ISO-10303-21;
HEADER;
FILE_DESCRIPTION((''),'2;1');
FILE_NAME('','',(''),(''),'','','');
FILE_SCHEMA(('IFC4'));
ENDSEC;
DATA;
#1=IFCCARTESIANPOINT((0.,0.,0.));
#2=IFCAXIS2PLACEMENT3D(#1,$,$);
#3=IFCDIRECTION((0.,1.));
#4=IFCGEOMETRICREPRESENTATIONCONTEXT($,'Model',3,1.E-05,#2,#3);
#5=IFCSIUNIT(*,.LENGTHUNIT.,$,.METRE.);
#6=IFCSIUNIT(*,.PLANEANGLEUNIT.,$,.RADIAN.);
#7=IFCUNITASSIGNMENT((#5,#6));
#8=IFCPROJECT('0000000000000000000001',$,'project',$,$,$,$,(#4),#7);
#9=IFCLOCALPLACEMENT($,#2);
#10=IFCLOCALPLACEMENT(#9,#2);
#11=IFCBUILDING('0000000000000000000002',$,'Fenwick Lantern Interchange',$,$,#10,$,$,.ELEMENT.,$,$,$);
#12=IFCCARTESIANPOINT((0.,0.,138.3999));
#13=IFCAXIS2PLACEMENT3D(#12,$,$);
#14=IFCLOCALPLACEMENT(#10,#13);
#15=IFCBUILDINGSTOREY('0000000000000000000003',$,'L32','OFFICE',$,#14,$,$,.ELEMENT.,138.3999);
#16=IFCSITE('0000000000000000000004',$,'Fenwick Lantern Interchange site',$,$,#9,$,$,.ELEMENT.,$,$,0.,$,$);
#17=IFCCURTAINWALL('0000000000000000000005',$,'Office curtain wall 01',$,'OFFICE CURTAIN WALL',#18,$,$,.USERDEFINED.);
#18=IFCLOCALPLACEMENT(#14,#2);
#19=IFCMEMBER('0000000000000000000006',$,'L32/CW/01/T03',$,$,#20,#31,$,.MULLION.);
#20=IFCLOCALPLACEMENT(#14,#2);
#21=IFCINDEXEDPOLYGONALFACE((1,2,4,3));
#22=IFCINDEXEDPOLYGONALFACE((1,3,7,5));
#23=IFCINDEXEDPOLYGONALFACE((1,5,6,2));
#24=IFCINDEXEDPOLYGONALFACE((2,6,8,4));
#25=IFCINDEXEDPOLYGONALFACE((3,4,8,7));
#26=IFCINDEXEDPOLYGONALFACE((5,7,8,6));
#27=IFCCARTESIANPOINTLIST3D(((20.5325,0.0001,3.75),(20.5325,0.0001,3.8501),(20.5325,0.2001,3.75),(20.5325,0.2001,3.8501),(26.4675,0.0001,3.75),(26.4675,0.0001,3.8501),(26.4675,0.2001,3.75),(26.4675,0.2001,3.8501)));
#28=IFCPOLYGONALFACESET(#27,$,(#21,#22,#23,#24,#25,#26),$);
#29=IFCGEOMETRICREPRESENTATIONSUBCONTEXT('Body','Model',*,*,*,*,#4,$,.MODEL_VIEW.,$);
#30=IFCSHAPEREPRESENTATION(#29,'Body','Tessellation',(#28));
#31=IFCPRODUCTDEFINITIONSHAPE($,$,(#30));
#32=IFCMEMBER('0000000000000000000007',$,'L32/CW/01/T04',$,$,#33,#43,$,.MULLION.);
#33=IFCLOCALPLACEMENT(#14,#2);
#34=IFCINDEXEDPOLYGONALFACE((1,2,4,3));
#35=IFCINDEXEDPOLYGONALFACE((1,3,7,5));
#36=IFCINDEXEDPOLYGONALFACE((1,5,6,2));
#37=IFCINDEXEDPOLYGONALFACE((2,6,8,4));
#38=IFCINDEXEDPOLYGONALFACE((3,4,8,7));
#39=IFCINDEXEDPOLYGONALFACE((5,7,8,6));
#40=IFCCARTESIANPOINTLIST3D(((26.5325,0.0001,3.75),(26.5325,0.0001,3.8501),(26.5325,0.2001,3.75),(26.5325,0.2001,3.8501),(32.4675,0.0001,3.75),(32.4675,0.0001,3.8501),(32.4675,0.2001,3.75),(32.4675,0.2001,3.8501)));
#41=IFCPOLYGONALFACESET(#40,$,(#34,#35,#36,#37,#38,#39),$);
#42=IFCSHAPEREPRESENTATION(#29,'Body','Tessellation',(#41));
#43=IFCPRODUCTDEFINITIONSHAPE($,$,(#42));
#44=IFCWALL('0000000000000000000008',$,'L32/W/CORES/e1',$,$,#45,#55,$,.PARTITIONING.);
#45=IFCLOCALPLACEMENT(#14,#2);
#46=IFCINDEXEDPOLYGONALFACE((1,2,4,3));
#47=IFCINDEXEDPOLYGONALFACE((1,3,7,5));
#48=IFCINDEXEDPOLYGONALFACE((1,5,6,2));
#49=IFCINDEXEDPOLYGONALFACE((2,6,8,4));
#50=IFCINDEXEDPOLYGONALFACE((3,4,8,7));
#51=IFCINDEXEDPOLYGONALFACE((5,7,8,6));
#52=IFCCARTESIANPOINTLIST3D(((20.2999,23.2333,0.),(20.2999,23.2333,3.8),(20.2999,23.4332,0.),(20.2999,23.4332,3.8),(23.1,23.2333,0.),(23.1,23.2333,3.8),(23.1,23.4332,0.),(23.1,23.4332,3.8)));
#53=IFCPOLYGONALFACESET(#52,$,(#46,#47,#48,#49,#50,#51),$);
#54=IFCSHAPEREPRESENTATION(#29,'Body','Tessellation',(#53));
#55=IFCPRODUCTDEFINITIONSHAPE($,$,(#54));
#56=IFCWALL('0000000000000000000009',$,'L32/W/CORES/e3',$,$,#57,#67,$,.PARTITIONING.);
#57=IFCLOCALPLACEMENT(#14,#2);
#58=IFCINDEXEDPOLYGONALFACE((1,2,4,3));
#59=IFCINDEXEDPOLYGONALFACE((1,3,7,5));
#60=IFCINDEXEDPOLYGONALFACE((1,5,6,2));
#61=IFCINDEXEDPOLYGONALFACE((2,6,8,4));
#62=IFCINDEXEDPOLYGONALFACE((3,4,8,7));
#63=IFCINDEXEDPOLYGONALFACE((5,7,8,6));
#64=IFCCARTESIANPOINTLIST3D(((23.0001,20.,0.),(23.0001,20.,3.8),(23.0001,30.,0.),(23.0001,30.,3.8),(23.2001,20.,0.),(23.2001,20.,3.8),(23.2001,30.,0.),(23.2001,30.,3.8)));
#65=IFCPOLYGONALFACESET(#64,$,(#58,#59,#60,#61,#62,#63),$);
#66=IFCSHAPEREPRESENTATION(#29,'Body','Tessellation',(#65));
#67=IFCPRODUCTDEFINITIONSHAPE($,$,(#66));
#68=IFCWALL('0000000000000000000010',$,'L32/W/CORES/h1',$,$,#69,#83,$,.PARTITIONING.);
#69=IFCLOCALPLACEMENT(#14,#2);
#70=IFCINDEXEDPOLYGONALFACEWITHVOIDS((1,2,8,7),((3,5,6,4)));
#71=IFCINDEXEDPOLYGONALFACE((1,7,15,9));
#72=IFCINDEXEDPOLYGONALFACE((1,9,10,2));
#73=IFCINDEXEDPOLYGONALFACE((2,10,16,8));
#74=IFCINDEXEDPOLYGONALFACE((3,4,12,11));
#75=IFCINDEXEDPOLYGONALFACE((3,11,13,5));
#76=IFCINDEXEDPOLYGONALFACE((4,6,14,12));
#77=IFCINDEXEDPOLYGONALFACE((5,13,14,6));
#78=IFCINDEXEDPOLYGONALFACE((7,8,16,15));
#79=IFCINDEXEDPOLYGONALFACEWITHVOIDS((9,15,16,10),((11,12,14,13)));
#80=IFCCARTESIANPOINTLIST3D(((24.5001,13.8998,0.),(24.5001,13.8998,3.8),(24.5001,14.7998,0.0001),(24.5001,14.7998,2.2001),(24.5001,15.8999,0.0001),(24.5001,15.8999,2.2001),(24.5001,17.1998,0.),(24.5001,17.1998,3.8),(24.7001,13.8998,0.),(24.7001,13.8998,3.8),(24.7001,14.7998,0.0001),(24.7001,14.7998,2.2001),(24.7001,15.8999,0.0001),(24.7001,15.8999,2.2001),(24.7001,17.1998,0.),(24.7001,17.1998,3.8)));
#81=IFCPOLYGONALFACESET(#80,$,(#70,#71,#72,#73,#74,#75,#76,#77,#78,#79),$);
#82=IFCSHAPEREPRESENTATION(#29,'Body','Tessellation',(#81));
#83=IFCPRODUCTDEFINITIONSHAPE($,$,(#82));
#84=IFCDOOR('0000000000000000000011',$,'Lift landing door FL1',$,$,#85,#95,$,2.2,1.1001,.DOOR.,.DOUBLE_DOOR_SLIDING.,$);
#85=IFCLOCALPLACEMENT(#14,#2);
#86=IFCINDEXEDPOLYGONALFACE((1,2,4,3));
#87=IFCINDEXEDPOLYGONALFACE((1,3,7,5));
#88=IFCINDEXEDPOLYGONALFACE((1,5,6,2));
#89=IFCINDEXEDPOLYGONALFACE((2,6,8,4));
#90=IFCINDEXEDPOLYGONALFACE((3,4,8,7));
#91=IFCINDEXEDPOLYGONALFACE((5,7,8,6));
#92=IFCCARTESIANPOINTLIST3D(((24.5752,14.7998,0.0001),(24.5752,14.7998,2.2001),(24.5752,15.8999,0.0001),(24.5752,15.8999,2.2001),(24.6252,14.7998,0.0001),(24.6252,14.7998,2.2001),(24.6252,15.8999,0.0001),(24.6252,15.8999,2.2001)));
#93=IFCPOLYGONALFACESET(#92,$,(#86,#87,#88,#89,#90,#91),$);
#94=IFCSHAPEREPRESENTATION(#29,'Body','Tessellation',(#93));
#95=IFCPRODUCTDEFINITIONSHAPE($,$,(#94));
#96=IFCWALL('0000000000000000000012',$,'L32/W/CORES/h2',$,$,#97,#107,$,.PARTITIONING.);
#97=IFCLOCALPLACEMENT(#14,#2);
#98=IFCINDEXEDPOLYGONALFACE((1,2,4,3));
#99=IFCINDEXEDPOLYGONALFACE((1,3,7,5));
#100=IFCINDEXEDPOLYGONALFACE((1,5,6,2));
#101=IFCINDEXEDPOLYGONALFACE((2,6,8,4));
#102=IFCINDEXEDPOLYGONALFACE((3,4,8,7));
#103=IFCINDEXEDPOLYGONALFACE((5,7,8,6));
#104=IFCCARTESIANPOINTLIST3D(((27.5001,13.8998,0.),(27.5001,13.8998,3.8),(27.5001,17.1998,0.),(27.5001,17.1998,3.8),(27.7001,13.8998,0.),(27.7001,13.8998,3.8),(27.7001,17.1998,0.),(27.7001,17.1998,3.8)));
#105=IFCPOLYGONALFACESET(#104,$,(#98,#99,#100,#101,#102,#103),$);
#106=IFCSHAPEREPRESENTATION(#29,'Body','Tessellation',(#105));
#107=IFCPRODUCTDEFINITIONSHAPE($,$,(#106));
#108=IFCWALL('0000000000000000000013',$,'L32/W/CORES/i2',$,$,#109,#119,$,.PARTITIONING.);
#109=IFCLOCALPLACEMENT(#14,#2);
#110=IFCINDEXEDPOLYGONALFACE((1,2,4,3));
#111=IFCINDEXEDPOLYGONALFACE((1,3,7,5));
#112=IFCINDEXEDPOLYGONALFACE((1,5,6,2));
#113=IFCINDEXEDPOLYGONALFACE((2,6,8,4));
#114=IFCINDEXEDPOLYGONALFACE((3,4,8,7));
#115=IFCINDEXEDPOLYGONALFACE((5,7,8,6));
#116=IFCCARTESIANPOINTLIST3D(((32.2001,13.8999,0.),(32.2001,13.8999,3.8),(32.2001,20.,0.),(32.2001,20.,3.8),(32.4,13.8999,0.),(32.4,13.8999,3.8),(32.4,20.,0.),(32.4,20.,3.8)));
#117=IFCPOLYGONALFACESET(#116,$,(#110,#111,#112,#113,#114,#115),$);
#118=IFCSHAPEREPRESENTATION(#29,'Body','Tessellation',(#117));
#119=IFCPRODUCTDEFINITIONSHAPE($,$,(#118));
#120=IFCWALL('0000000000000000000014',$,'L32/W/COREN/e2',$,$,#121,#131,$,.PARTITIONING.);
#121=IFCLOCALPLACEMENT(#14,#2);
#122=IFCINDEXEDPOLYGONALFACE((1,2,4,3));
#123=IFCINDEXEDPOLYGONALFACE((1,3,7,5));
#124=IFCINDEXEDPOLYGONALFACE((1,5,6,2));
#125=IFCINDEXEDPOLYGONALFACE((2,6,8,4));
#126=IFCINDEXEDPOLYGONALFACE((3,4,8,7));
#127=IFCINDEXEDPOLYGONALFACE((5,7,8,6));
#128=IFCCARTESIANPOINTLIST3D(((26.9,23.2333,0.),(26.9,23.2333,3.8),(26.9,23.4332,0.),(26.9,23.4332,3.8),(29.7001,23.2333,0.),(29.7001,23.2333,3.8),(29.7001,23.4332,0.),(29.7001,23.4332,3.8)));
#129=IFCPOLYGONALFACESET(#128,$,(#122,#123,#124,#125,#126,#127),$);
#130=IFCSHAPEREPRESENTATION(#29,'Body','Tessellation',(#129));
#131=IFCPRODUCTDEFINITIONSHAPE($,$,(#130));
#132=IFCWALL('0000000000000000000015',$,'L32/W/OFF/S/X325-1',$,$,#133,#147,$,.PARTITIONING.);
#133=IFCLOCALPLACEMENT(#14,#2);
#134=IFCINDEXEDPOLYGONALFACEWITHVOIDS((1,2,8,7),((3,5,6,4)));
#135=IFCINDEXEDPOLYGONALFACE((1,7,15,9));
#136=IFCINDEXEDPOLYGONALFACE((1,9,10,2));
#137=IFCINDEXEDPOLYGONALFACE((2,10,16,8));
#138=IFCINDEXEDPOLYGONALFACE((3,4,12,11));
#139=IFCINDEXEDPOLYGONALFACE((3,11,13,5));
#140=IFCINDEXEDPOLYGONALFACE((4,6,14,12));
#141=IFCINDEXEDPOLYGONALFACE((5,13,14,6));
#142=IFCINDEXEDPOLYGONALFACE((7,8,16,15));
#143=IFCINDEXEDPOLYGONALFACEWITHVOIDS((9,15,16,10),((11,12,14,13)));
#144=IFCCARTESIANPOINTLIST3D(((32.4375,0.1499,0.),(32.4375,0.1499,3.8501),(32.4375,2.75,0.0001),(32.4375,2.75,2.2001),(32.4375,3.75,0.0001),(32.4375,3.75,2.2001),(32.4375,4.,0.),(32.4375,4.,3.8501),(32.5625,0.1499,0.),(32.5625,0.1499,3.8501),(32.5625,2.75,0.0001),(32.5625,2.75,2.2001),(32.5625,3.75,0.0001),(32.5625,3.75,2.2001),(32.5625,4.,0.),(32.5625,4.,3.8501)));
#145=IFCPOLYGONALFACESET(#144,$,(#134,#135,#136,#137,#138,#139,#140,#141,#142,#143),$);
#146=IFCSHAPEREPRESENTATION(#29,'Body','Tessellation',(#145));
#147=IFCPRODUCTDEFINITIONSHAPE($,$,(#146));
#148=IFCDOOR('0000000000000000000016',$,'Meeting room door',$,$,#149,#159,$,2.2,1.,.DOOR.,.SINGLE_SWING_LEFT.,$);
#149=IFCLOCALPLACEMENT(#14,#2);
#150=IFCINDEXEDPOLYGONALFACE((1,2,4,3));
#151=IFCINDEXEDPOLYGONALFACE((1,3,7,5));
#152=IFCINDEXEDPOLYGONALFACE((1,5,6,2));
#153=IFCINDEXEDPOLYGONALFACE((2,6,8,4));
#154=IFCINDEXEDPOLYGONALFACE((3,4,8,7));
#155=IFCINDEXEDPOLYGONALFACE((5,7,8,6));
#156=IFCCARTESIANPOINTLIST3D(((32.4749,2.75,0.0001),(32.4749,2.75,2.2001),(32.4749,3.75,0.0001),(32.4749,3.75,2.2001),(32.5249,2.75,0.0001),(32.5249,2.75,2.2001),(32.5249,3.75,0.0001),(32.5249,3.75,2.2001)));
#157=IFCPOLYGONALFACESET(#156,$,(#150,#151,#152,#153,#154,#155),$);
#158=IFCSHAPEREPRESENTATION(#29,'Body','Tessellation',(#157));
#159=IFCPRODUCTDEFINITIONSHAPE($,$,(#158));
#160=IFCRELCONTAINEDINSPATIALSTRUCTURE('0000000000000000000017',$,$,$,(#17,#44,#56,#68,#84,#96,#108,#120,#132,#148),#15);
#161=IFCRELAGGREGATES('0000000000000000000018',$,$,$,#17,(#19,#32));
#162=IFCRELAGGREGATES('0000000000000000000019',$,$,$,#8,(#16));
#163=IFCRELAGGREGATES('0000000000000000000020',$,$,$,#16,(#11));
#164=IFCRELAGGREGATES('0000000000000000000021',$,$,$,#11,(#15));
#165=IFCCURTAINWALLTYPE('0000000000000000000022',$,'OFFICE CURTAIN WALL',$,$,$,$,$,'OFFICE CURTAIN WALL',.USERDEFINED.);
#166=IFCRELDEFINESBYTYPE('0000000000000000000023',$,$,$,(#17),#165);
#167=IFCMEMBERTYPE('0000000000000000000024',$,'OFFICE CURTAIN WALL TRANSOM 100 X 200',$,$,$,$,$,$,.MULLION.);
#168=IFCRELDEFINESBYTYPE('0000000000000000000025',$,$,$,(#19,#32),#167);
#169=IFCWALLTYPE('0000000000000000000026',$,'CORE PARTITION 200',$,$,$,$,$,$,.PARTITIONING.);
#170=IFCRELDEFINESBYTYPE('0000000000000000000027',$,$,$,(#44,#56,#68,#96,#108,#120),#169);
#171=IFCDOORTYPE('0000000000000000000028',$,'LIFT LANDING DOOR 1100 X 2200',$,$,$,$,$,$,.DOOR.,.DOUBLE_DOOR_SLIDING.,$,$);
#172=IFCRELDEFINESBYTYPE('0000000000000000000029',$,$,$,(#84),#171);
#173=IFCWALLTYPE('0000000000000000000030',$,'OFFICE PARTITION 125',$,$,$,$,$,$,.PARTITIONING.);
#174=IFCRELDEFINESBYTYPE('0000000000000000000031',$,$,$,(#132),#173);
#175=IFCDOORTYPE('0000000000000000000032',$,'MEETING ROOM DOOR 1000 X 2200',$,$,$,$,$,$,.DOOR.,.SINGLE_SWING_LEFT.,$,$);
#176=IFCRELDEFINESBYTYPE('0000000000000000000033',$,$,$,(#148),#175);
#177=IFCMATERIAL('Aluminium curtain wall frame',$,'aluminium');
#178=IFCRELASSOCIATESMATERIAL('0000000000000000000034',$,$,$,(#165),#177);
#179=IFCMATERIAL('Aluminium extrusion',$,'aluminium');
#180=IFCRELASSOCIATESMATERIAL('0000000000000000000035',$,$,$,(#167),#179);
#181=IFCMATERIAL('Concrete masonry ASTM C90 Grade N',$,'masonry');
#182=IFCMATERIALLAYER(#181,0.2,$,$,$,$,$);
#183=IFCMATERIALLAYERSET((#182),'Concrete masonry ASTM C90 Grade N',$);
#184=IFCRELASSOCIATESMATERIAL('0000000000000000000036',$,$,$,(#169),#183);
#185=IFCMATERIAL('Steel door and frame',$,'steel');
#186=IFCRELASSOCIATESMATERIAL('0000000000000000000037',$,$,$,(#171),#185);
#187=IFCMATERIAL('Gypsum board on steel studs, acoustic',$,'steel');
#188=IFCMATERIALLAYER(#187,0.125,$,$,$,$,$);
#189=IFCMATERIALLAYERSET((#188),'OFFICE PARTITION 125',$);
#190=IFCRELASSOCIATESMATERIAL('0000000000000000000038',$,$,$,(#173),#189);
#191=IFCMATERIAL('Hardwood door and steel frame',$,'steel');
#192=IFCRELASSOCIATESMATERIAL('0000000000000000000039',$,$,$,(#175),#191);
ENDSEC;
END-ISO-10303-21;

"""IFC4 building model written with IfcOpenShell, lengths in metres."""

from ifc_helpers import new_model, si_unit, direction, frame, frame_2d, origin, origin_2d, place, context, subcontext, project, spatial, rectangle, extrude, material, layer, layer_set, material_profile, profile_set, type_object, element, fill, aggregate, save


model = new_model("IFC4")

# Units and contexts
model_context = context("Model", 3, precision=1e-05, world=origin(), true_north=direction((0.0, 1.0)))
body_context = subcontext(model_context, "Body", "Model", "MODEL_VIEW")
ifc_project = project(units=[si_unit("LENGTHUNIT", "METRE"), si_unit("PLANEANGLEUNIT", "RADIAN")], contexts=[model_context])

# Site, building, storey
site_placement = place(None, origin())
site = spatial("IfcSite", under=ifc_project, at=site_placement, Name="Fenwick Lantern Interchange site", CompositionType="ELEMENT", RefElevation=0.0)
building_placement = place(site_placement, origin())
building = spatial("IfcBuilding", under=site, at=building_placement, Name="Fenwick Lantern Interchange", CompositionType="ELEMENT")
storey_placement = place(building_placement, frame((0.0, 0.0, 138.3999)))
storey = spatial("IfcBuildingStorey", under=building, at=storey_placement, Name="L32", Description="OFFICE", CompositionType="ELEMENT", Elevation=138.3999)

# Curtain wall, members
ifc_material_1 = material(Name="Aluminium curtain wall frame", Category="aluminium")
curtain_wall_type = type_object("IfcCurtainWallType", Name="OFFICE CURTAIN WALL", ElementType="OFFICE CURTAIN WALL", PredefinedType="USERDEFINED", material=ifc_material_1)
curtain_wall_placement = place(storey_placement, origin())
curtain_wall = element("IfcCurtainWall", 1, at=curtain_wall_placement, inside=storey, type_object=curtain_wall_type, Name="Office curtain wall 01", ObjectType="OFFICE CURTAIN WALL", PredefinedType="USERDEFINED")
ifc_material_2 = material(Name="Aluminium extrusion", Category="aluminium")
ifc_material_profile_1 = material_profile(ifc_material_2, rectangle(XDim=0.2, YDim=0.1001, at=origin_2d()), Name="OFFICE CURTAIN WALL TRANSOM 100 X 200")
ifc_profile_set_1 = profile_set([ifc_material_profile_1], Name="Aluminium extrusion")
member_type_1 = type_object("IfcMemberType", Name="OFFICE CURTAIN WALL TRANSOM 100 X 200", PredefinedType="MULLION", material=ifc_profile_set_1)
member_1_placement = place(storey_placement, frame((20.5325, 0.1001, 3.8), z_axis=(1.0, 0.0, 0.0), x_axis=(0.0, 1.0, 0.0)))
member_1 = element("IfcMember", 2, at=member_1_placement, type_object=member_type_1, Name="L32/CW/01/T03", PredefinedType="MULLION", context=body_context, shape_type="SweptSolid", body=[
    extrude(rectangle(XDim=0.2, YDim=0.1001, at=origin_2d()), origin(), (0.0, 0.0, 1.0), 5.9351),
])
member_2_placement = place(storey_placement, frame((26.5325, 0.1001, 3.8), z_axis=(1.0, 0.0, 0.0), x_axis=(0.0, 1.0, 0.0)))
member_2 = element("IfcMember", 3, at=member_2_placement, type_object=member_type_1, Name="L32/CW/01/T04", PredefinedType="MULLION", context=body_context, shape_type="SweptSolid", body=[
    extrude(rectangle(XDim=0.2, YDim=0.1001, at=origin_2d()), origin(), (0.0, 0.0, 1.0), 5.9351),
])
aggregate(curtain_wall, [member_1, member_2])

# Walls
ifc_material_3 = material(Name="Concrete masonry ASTM C90 Grade N", Category="masonry")
ifc_layer_1 = layer(ifc_material_3, 0.2)
ifc_layer_set_1 = layer_set([ifc_layer_1], Name="Concrete masonry ASTM C90 Grade N")
wall_type_1 = type_object("IfcWallType", Name="CORE PARTITION 200", PredefinedType="PARTITIONING", material=ifc_layer_set_1)
wall_1_placement = place(storey_placement, frame((20.3, 23.3333, 0.0), z_axis=(0.0, 0.0, 1.0), x_axis=(1.0, 0.0, 0.0)))
element("IfcWall", 4, at=wall_1_placement, inside=storey, type_object=wall_type_1, Name="L32/W/CORES/e1", PredefinedType="PARTITIONING", context=body_context, shape_type="SweptSolid", body=[
    extrude(rectangle(XDim=2.8, YDim=0.2, at=frame_2d((1.3999, 0.0))), origin(), (0.0, 0.0, 1.0), 3.8),
])
wall_2_placement = place(storey_placement, frame((23.1001, 20.0, 0.0), z_axis=(0.0, 0.0, 1.0), x_axis=(0.0, 1.0, 0.0)))
element("IfcWall", 5, at=wall_2_placement, inside=storey, type_object=wall_type_1, Name="L32/W/CORES/e3", PredefinedType="PARTITIONING", context=body_context, shape_type="SweptSolid", body=[
    extrude(rectangle(XDim=10.0, YDim=0.2, at=frame_2d((5.0, 0.0))), origin(), (0.0, 0.0, 1.0), 3.8),
])

# Wall, opening, door
wall_3_placement = place(storey_placement, frame((24.6001, 13.8999, 0.0), z_axis=(0.0, 0.0, 1.0), x_axis=(0.0, 1.0, 0.0)))
wall_3 = element("IfcWall", 6, at=wall_3_placement, inside=storey, type_object=wall_type_1, Name="L32/W/CORES/h1", PredefinedType="PARTITIONING", context=body_context, shape_type="SweptSolid", body=[
    extrude(rectangle(XDim=3.3, YDim=0.2, at=frame_2d((1.6499, 0.0))), origin(), (0.0, 0.0, 1.0), 3.8),
])
opening_1_placement = place(wall_3_placement, frame((0.8999, 0.0, 0.0)))
opening_1 = element("IfcOpeningElement", 7, at=opening_1_placement, cuts=wall_3, PredefinedType="OPENING", context=body_context, shape_type="SweptSolid", body=[
    extrude(rectangle(XDim=1.1001, YDim=2.2, at=frame_2d((0.55, 1.1001))), frame((0.0, 0.1099, 0.0), z_axis=(0.0, -1.0, 0.0), x_axis=(1.0, 0.0, 0.0)), (0.0, 0.0, 1.0), 0.22),
])
ifc_material_4 = material(Name="Steel door and frame", Category="steel")
door_type_1 = type_object("IfcDoorType", Name="LIFT LANDING DOOR 1100 X 2200", OperationType="DOUBLE_DOOR_SLIDING", PredefinedType="DOOR", material=ifc_material_4)
door_1_placement = place(opening_1_placement, origin())
door_1 = element("IfcDoor", 8, at=door_1_placement, inside=storey, type_object=door_type_1, Name="Lift landing door FL1", OperationType="DOUBLE_DOOR_SLIDING", OverallHeight=2.2, OverallWidth=1.1001, PredefinedType="DOOR", context=body_context, shape_type="SweptSolid", body=[
    extrude(rectangle(XDim=1.1001, YDim=2.2, at=frame_2d((0.55, 1.1001))), frame((0.0, 0.0249, 0.0), z_axis=(0.0, -1.0, 0.0), x_axis=(1.0, 0.0, 0.0)), (0.0, 0.0, 1.0), 0.05),
])
fill(opening_1, door_1)

# Walls
wall_4_placement = place(storey_placement, frame((27.6001, 13.8999, 0.0), z_axis=(0.0, 0.0, 1.0), x_axis=(0.0, 1.0, 0.0)))
element("IfcWall", 9, at=wall_4_placement, inside=storey, type_object=wall_type_1, Name="L32/W/CORES/h2", PredefinedType="PARTITIONING", context=body_context, shape_type="SweptSolid", body=[
    extrude(rectangle(XDim=3.3, YDim=0.2, at=frame_2d((1.6499, 0.0))), origin(), (0.0, 0.0, 1.0), 3.8),
])
wall_5_placement = place(storey_placement, frame((32.3, 13.8999, 0.0), z_axis=(0.0, 0.0, 1.0), x_axis=(0.0, 1.0, 0.0)))
element("IfcWall", 10, at=wall_5_placement, inside=storey, type_object=wall_type_1, Name="L32/W/CORES/i2", PredefinedType="PARTITIONING", context=body_context, shape_type="SweptSolid", body=[
    extrude(rectangle(XDim=6.1001, YDim=0.2, at=frame_2d((3.05, 0.0))), origin(), (0.0, 0.0, 1.0), 3.8),
])
wall_6_placement = place(storey_placement, frame((29.7, 23.3333, 0.0), z_axis=(0.0, 0.0, 1.0), x_axis=(-1.0, 0.0, 0.0)))
element("IfcWall", 11, at=wall_6_placement, inside=storey, type_object=wall_type_1, Name="L32/W/COREN/e2", PredefinedType="PARTITIONING", context=body_context, shape_type="SweptSolid", body=[
    extrude(rectangle(XDim=2.8, YDim=0.2, at=frame_2d((1.3999, 0.0))), origin(), (0.0, 0.0, 1.0), 3.8),
])

# Wall, opening, door
ifc_material_5 = material(Name="Gypsum board on steel studs, acoustic", Category="steel")
ifc_layer_2 = layer(ifc_material_5, 0.125)
ifc_layer_set_2 = layer_set([ifc_layer_2], Name="OFFICE PARTITION 125")
wall_type_2 = type_object("IfcWallType", Name="OFFICE PARTITION 125", PredefinedType="PARTITIONING", material=ifc_layer_set_2)
wall_7_placement = place(storey_placement, frame((32.5, 0.1499, 0.0), z_axis=(0.0, 0.0, 1.0), x_axis=(0.0, 1.0, 0.0)))
wall_7 = element("IfcWall", 12, at=wall_7_placement, inside=storey, type_object=wall_type_2, Name="L32/W/OFF/S/X325-1", PredefinedType="PARTITIONING", context=body_context, shape_type="SweptSolid", body=[
    extrude(rectangle(XDim=3.8501, YDim=0.125, at=frame_2d((1.925, 0.0))), origin(), (0.0, 0.0, 1.0), 3.8501),
])
opening_2_placement = place(wall_7_placement, frame((2.6001, 0.0, 0.0)))
opening_2 = element("IfcOpeningElement", 13, at=opening_2_placement, cuts=wall_7, PredefinedType="OPENING", context=body_context, shape_type="SweptSolid", body=[
    extrude(rectangle(XDim=1.0, YDim=2.2, at=frame_2d((0.5, 1.1001))), frame((0.0, 0.0725, 0.0), z_axis=(0.0, -1.0, 0.0), x_axis=(1.0, 0.0, 0.0)), (0.0, 0.0, 1.0), 0.145),
])
ifc_material_6 = material(Name="Hardwood door and steel frame", Category="steel")
door_type_2 = type_object("IfcDoorType", Name="MEETING ROOM DOOR 1000 X 2200", OperationType="SINGLE_SWING_LEFT", PredefinedType="DOOR", material=ifc_material_6)
door_2_placement = place(opening_2_placement, frame((1.0, 0.0, 0.0), z_axis=(0.0, 0.0, 1.0), x_axis=(-1.0, 0.0, 0.0)))
door_2 = element("IfcDoor", 14, at=door_2_placement, inside=storey, type_object=door_type_2, Name="Meeting room door", OperationType="SINGLE_SWING_LEFT", OverallHeight=2.2, OverallWidth=1.0, PredefinedType="DOOR", context=body_context, shape_type="SweptSolid", body=[
    extrude(rectangle(XDim=1.0, YDim=2.2, at=frame_2d((0.5, 1.1001))), frame((0.0, 0.0249, 0.0), z_axis=(0.0, -1.0, 0.0), x_axis=(1.0, 0.0, 0.0)), (0.0, 0.0, 1.0), 0.05),
])
fill(opening_2, door_2)

save(model, "model.ifc")
